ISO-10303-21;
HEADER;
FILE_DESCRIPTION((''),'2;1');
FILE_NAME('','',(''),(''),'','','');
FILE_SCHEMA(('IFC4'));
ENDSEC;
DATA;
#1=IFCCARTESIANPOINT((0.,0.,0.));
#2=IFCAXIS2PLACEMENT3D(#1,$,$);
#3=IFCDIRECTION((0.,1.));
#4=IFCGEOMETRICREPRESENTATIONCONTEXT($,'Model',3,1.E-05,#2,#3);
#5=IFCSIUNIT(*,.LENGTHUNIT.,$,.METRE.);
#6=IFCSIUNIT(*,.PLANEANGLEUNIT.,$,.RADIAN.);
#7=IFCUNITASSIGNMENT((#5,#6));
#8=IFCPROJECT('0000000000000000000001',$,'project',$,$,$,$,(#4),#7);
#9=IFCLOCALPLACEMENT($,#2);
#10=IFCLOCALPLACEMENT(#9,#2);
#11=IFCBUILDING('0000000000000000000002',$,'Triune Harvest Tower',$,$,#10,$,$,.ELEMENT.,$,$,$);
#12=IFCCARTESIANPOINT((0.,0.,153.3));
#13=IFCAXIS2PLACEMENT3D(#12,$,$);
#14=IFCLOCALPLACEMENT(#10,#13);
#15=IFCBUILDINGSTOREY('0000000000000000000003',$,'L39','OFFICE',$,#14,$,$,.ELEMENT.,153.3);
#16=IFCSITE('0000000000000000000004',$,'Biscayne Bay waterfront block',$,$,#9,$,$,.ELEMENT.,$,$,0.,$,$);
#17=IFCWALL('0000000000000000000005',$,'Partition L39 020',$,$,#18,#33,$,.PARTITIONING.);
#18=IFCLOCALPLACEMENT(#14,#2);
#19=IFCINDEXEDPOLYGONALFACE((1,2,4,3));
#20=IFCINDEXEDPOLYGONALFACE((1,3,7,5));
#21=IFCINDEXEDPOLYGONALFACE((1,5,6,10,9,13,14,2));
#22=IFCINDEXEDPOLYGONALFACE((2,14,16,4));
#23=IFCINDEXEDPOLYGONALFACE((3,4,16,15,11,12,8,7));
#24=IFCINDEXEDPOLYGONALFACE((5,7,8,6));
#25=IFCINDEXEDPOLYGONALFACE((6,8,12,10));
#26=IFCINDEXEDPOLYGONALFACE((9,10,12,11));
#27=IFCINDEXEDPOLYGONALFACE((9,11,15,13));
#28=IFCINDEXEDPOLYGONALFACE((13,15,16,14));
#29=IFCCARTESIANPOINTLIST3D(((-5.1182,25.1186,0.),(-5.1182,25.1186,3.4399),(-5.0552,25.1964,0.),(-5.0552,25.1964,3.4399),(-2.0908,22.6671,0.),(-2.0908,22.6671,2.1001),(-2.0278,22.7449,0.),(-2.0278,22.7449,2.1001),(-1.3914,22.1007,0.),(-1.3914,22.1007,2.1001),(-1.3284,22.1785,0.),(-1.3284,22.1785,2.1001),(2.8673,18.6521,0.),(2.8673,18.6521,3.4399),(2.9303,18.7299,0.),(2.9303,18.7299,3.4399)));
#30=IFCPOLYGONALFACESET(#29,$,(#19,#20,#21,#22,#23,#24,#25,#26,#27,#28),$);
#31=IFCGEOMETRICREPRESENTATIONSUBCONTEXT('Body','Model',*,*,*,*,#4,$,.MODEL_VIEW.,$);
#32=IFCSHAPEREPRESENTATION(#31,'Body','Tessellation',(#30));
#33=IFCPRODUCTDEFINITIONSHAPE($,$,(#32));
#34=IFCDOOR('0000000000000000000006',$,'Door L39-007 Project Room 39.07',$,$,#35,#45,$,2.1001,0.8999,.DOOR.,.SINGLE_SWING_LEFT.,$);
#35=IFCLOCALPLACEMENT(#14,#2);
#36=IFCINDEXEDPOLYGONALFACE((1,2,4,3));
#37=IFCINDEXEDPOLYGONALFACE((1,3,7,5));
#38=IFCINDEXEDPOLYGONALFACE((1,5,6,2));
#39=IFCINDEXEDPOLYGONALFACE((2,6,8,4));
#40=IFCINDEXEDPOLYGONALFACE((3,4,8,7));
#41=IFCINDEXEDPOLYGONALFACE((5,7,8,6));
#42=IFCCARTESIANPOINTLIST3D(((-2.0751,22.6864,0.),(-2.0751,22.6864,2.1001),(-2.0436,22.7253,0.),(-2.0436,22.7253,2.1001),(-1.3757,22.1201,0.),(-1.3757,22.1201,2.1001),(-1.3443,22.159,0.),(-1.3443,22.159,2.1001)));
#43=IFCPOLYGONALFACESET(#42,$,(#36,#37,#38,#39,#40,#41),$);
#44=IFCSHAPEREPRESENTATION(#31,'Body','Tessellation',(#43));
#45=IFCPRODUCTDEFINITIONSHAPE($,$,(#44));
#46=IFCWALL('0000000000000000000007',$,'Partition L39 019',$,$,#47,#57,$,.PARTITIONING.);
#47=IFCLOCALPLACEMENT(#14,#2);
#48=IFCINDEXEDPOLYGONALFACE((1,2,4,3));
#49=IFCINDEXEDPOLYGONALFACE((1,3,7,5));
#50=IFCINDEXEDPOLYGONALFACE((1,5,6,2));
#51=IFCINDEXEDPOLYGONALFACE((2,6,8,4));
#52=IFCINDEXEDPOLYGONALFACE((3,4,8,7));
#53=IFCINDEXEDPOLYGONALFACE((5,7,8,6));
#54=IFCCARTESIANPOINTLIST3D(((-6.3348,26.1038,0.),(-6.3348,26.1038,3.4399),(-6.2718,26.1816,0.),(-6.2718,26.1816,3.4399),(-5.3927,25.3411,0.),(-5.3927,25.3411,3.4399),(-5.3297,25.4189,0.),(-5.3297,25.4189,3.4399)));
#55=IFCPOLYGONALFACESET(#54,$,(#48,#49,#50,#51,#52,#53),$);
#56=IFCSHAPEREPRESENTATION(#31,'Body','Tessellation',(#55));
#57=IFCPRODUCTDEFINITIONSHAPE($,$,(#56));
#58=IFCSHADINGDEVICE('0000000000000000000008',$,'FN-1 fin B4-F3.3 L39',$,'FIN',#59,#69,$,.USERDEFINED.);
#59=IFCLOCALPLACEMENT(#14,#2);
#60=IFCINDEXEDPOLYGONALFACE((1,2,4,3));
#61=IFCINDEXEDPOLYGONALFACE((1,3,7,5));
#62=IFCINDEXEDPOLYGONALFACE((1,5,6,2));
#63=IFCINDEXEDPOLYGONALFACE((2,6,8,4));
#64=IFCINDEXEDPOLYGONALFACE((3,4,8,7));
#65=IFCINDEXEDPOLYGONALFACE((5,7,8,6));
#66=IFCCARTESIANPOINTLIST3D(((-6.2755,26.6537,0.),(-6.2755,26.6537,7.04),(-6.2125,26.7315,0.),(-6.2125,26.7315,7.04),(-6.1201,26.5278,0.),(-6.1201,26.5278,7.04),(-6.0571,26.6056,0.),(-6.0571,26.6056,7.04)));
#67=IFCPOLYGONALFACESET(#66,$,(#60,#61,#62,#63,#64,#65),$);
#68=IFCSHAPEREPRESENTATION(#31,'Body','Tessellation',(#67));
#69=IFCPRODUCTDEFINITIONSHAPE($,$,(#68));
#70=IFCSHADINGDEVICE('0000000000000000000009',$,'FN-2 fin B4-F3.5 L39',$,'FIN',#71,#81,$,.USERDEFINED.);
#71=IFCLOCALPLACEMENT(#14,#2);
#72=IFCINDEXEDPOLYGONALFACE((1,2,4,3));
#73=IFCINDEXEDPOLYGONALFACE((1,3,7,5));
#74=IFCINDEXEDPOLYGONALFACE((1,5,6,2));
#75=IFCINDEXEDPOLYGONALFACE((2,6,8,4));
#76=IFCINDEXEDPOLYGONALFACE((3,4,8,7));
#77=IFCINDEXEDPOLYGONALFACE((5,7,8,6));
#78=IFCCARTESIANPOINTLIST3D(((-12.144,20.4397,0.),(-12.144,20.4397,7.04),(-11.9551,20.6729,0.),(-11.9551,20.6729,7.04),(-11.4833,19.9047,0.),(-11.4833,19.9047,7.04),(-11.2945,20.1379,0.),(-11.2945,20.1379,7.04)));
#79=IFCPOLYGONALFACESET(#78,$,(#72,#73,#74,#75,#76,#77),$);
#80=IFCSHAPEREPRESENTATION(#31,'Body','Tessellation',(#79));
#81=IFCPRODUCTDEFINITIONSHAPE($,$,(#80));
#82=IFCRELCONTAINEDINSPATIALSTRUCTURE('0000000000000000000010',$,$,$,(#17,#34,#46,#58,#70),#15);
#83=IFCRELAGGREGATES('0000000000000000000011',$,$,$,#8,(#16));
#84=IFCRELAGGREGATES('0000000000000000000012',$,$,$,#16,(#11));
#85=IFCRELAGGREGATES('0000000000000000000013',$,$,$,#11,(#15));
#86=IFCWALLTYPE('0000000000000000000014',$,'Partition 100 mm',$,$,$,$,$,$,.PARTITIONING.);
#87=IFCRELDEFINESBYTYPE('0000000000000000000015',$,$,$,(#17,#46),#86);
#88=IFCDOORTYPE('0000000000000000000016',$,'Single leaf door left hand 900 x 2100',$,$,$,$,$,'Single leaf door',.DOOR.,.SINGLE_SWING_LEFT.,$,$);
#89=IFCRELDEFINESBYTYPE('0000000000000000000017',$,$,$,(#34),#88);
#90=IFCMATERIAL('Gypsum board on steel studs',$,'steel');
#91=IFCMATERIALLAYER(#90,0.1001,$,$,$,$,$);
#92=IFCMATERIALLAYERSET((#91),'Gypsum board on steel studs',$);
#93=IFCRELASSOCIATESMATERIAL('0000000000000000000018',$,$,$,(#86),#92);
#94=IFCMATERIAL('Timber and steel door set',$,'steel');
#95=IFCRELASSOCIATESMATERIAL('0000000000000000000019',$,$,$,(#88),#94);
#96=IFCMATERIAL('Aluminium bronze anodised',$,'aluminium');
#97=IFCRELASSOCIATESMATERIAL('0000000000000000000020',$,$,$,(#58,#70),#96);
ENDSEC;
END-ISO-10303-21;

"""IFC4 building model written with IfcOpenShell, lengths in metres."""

from ifc_helpers import new_model, si_unit, direction, frame, frame_2d, origin, origin_2d, place, context, subcontext, project, spatial, rectangle, extrude, source, transform, mapped, material, layer, layer_set, type_object, element, fill, save


model = new_model("IFC4")

# Units and contexts
model_context = context("Model", 3, precision=1e-05, world=origin(), true_north=direction((0.0, 1.0)))
body_context = subcontext(model_context, "Body", "Model", "MODEL_VIEW")
ifc_project = project(units=[si_unit("LENGTHUNIT", "METRE"), si_unit("PLANEANGLEUNIT", "RADIAN")], contexts=[model_context])

# Site, building, storey
site_placement = place(None, origin())
site = spatial("IfcSite", under=ifc_project, at=site_placement, Name="Biscayne Bay waterfront block", CompositionType="ELEMENT", RefElevation=0.0)
building_placement = place(site_placement, origin())
building = spatial("IfcBuilding", under=site, at=building_placement, Name="Triune Harvest Tower", CompositionType="ELEMENT")
storey_placement = place(building_placement, frame((0.0, 0.0, 153.3)))
storey = spatial("IfcBuildingStorey", under=building, at=storey_placement, Name="L39", Description="OFFICE", CompositionType="ELEMENT", Elevation=153.3)

# Wall, opening, door
ifc_material_1 = material(Name="Gypsum board on steel studs", Category="steel")
ifc_layer_1 = layer(ifc_material_1, 0.1001)
ifc_layer_set_1 = layer_set([ifc_layer_1], Name="Gypsum board on steel studs")
wall_type = type_object("IfcWallType", Name="Partition 100 mm", PredefinedType="PARTITIONING", material=ifc_layer_set_1)
wall_1_placement = place(storey_placement, frame((-5.0867, 25.1575, 0.0), z_axis=(0.0, 0.0, 1.0), x_axis=(0.777149, -0.629317, 0.0)))
wall_1 = element("IfcWall", 1, at=wall_1_placement, inside=storey, type_object=wall_type, Name="Partition L39 020", PredefinedType="PARTITIONING", context=body_context, shape_type="SweptSolid", body=[
    extrude(rectangle(XDim=10.2754, YDim=0.1001, at=frame_2d((5.1377, 0.0))), origin(), (0.0, 0.0, 1.0), 3.4399),
])
opening_placement = place(wall_1_placement, frame((3.8955, 0.0, 0.0)))
opening = element("IfcOpeningElement", 2, at=opening_placement, cuts=wall_1, PredefinedType="OPENING", context=body_context, shape_type="SweptSolid", body=[
    extrude(rectangle(XDim=0.8999, YDim=2.1001, at=frame_2d((0.45, 1.05))), frame((0.0, 0.0601, 0.0), z_axis=(0.0, -1.0, 0.0), x_axis=(1.0, 0.0, 0.0)), (0.0, 0.0, 1.0), 0.1201),
])
ifc_material_2 = material(Name="Timber and steel door set", Category="steel")
door_type = type_object("IfcDoorType", Name="Single leaf door left hand 900 x 2100", ElementType="Single leaf door", OperationType="SINGLE_SWING_LEFT", PredefinedType="DOOR", material=ifc_material_2)
door_placement = place(opening_placement, origin())
door = element("IfcDoor", 3, at=door_placement, inside=storey, type_object=door_type, Name="Door L39-007 Project Room 39.07", OperationType="SINGLE_SWING_LEFT", OverallHeight=2.1001, OverallWidth=0.8999, PredefinedType="DOOR", context=body_context, shape_type="SweptSolid", body=[
    extrude(rectangle(XDim=0.8999, YDim=2.1001, at=frame_2d((0.45, 1.05))), frame((0.0, 0.0249, 0.0), z_axis=(0.0, -1.0, 0.0), x_axis=(1.0, 0.0, 0.0)), (0.0, 0.0, 1.0), 0.05),
])
fill(opening, door)

# Wall
shared_shape_1 = source(origin(), body_context, "Body", "SweptSolid", [
    extrude(rectangle(XDim=1.2122, YDim=0.1001, at=frame_2d((0.606, 0.0))), origin(), (0.0, 0.0, 1.0), 3.4399),
])
wall_2_placement = place(storey_placement, frame((-6.3032, 26.1426, 0.0), z_axis=(0.0, 0.0, 1.0), x_axis=(0.77724, -0.629204, 0.0)))
element("IfcWall", 4, at=wall_2_placement, inside=storey, type_object=wall_type, Name="Partition L39 019", PredefinedType="PARTITIONING", context=body_context, shape_type="MappedRepresentation", body=[
    mapped(shared_shape_1, transform((0.0, 0.0, 0.0), scale=1.0)),
])

# Shading devices
ifc_material_3 = material(Name="Aluminium bronze anodised", Category="aluminium")
shared_shape_2 = source(origin(), body_context, "Body", "SweptSolid", [
    extrude(rectangle(XDim=0.1001, YDim=0.2, at=origin_2d()), origin(), (0.0, 0.0, 1.0), 7.04),
])
shading_device_1_placement = place(storey_placement, frame((-6.1663, 26.6296, 0.0), z_axis=(0.0, 0.0, 1.0), x_axis=(-0.629321, -0.777145, 0.0)))
element("IfcShadingDevice", 5, at=shading_device_1_placement, inside=storey, material=ifc_material_3, Name="FN-1 fin B4-F3.3 L39", ObjectType="FIN", PredefinedType="USERDEFINED", context=body_context, shape_type="MappedRepresentation", body=[
    mapped(shared_shape_2, transform((0.0, 0.0, 0.0), scale=1.0)),
])
shared_shape_3 = source(origin(), body_context, "Body", "SweptSolid", [
    extrude(rectangle(XDim=0.3, YDim=0.8501, at=origin_2d()), origin(), (0.0, 0.0, 1.0), 7.04),
])
shading_device_2_placement = place(storey_placement, frame((-11.7192, 20.2888, 0.0), z_axis=(0.0, 0.0, 1.0), x_axis=(-0.629321, -0.777145, 0.0)))
element("IfcShadingDevice", 6, at=shading_device_2_placement, inside=storey, material=ifc_material_3, Name="FN-2 fin B4-F3.5 L39", ObjectType="FIN", PredefinedType="USERDEFINED", context=body_context, shape_type="MappedRepresentation", body=[
    mapped(shared_shape_3, transform((0.0, 0.0, 0.0), scale=1.0)),
])

save(model, "model.ifc")
